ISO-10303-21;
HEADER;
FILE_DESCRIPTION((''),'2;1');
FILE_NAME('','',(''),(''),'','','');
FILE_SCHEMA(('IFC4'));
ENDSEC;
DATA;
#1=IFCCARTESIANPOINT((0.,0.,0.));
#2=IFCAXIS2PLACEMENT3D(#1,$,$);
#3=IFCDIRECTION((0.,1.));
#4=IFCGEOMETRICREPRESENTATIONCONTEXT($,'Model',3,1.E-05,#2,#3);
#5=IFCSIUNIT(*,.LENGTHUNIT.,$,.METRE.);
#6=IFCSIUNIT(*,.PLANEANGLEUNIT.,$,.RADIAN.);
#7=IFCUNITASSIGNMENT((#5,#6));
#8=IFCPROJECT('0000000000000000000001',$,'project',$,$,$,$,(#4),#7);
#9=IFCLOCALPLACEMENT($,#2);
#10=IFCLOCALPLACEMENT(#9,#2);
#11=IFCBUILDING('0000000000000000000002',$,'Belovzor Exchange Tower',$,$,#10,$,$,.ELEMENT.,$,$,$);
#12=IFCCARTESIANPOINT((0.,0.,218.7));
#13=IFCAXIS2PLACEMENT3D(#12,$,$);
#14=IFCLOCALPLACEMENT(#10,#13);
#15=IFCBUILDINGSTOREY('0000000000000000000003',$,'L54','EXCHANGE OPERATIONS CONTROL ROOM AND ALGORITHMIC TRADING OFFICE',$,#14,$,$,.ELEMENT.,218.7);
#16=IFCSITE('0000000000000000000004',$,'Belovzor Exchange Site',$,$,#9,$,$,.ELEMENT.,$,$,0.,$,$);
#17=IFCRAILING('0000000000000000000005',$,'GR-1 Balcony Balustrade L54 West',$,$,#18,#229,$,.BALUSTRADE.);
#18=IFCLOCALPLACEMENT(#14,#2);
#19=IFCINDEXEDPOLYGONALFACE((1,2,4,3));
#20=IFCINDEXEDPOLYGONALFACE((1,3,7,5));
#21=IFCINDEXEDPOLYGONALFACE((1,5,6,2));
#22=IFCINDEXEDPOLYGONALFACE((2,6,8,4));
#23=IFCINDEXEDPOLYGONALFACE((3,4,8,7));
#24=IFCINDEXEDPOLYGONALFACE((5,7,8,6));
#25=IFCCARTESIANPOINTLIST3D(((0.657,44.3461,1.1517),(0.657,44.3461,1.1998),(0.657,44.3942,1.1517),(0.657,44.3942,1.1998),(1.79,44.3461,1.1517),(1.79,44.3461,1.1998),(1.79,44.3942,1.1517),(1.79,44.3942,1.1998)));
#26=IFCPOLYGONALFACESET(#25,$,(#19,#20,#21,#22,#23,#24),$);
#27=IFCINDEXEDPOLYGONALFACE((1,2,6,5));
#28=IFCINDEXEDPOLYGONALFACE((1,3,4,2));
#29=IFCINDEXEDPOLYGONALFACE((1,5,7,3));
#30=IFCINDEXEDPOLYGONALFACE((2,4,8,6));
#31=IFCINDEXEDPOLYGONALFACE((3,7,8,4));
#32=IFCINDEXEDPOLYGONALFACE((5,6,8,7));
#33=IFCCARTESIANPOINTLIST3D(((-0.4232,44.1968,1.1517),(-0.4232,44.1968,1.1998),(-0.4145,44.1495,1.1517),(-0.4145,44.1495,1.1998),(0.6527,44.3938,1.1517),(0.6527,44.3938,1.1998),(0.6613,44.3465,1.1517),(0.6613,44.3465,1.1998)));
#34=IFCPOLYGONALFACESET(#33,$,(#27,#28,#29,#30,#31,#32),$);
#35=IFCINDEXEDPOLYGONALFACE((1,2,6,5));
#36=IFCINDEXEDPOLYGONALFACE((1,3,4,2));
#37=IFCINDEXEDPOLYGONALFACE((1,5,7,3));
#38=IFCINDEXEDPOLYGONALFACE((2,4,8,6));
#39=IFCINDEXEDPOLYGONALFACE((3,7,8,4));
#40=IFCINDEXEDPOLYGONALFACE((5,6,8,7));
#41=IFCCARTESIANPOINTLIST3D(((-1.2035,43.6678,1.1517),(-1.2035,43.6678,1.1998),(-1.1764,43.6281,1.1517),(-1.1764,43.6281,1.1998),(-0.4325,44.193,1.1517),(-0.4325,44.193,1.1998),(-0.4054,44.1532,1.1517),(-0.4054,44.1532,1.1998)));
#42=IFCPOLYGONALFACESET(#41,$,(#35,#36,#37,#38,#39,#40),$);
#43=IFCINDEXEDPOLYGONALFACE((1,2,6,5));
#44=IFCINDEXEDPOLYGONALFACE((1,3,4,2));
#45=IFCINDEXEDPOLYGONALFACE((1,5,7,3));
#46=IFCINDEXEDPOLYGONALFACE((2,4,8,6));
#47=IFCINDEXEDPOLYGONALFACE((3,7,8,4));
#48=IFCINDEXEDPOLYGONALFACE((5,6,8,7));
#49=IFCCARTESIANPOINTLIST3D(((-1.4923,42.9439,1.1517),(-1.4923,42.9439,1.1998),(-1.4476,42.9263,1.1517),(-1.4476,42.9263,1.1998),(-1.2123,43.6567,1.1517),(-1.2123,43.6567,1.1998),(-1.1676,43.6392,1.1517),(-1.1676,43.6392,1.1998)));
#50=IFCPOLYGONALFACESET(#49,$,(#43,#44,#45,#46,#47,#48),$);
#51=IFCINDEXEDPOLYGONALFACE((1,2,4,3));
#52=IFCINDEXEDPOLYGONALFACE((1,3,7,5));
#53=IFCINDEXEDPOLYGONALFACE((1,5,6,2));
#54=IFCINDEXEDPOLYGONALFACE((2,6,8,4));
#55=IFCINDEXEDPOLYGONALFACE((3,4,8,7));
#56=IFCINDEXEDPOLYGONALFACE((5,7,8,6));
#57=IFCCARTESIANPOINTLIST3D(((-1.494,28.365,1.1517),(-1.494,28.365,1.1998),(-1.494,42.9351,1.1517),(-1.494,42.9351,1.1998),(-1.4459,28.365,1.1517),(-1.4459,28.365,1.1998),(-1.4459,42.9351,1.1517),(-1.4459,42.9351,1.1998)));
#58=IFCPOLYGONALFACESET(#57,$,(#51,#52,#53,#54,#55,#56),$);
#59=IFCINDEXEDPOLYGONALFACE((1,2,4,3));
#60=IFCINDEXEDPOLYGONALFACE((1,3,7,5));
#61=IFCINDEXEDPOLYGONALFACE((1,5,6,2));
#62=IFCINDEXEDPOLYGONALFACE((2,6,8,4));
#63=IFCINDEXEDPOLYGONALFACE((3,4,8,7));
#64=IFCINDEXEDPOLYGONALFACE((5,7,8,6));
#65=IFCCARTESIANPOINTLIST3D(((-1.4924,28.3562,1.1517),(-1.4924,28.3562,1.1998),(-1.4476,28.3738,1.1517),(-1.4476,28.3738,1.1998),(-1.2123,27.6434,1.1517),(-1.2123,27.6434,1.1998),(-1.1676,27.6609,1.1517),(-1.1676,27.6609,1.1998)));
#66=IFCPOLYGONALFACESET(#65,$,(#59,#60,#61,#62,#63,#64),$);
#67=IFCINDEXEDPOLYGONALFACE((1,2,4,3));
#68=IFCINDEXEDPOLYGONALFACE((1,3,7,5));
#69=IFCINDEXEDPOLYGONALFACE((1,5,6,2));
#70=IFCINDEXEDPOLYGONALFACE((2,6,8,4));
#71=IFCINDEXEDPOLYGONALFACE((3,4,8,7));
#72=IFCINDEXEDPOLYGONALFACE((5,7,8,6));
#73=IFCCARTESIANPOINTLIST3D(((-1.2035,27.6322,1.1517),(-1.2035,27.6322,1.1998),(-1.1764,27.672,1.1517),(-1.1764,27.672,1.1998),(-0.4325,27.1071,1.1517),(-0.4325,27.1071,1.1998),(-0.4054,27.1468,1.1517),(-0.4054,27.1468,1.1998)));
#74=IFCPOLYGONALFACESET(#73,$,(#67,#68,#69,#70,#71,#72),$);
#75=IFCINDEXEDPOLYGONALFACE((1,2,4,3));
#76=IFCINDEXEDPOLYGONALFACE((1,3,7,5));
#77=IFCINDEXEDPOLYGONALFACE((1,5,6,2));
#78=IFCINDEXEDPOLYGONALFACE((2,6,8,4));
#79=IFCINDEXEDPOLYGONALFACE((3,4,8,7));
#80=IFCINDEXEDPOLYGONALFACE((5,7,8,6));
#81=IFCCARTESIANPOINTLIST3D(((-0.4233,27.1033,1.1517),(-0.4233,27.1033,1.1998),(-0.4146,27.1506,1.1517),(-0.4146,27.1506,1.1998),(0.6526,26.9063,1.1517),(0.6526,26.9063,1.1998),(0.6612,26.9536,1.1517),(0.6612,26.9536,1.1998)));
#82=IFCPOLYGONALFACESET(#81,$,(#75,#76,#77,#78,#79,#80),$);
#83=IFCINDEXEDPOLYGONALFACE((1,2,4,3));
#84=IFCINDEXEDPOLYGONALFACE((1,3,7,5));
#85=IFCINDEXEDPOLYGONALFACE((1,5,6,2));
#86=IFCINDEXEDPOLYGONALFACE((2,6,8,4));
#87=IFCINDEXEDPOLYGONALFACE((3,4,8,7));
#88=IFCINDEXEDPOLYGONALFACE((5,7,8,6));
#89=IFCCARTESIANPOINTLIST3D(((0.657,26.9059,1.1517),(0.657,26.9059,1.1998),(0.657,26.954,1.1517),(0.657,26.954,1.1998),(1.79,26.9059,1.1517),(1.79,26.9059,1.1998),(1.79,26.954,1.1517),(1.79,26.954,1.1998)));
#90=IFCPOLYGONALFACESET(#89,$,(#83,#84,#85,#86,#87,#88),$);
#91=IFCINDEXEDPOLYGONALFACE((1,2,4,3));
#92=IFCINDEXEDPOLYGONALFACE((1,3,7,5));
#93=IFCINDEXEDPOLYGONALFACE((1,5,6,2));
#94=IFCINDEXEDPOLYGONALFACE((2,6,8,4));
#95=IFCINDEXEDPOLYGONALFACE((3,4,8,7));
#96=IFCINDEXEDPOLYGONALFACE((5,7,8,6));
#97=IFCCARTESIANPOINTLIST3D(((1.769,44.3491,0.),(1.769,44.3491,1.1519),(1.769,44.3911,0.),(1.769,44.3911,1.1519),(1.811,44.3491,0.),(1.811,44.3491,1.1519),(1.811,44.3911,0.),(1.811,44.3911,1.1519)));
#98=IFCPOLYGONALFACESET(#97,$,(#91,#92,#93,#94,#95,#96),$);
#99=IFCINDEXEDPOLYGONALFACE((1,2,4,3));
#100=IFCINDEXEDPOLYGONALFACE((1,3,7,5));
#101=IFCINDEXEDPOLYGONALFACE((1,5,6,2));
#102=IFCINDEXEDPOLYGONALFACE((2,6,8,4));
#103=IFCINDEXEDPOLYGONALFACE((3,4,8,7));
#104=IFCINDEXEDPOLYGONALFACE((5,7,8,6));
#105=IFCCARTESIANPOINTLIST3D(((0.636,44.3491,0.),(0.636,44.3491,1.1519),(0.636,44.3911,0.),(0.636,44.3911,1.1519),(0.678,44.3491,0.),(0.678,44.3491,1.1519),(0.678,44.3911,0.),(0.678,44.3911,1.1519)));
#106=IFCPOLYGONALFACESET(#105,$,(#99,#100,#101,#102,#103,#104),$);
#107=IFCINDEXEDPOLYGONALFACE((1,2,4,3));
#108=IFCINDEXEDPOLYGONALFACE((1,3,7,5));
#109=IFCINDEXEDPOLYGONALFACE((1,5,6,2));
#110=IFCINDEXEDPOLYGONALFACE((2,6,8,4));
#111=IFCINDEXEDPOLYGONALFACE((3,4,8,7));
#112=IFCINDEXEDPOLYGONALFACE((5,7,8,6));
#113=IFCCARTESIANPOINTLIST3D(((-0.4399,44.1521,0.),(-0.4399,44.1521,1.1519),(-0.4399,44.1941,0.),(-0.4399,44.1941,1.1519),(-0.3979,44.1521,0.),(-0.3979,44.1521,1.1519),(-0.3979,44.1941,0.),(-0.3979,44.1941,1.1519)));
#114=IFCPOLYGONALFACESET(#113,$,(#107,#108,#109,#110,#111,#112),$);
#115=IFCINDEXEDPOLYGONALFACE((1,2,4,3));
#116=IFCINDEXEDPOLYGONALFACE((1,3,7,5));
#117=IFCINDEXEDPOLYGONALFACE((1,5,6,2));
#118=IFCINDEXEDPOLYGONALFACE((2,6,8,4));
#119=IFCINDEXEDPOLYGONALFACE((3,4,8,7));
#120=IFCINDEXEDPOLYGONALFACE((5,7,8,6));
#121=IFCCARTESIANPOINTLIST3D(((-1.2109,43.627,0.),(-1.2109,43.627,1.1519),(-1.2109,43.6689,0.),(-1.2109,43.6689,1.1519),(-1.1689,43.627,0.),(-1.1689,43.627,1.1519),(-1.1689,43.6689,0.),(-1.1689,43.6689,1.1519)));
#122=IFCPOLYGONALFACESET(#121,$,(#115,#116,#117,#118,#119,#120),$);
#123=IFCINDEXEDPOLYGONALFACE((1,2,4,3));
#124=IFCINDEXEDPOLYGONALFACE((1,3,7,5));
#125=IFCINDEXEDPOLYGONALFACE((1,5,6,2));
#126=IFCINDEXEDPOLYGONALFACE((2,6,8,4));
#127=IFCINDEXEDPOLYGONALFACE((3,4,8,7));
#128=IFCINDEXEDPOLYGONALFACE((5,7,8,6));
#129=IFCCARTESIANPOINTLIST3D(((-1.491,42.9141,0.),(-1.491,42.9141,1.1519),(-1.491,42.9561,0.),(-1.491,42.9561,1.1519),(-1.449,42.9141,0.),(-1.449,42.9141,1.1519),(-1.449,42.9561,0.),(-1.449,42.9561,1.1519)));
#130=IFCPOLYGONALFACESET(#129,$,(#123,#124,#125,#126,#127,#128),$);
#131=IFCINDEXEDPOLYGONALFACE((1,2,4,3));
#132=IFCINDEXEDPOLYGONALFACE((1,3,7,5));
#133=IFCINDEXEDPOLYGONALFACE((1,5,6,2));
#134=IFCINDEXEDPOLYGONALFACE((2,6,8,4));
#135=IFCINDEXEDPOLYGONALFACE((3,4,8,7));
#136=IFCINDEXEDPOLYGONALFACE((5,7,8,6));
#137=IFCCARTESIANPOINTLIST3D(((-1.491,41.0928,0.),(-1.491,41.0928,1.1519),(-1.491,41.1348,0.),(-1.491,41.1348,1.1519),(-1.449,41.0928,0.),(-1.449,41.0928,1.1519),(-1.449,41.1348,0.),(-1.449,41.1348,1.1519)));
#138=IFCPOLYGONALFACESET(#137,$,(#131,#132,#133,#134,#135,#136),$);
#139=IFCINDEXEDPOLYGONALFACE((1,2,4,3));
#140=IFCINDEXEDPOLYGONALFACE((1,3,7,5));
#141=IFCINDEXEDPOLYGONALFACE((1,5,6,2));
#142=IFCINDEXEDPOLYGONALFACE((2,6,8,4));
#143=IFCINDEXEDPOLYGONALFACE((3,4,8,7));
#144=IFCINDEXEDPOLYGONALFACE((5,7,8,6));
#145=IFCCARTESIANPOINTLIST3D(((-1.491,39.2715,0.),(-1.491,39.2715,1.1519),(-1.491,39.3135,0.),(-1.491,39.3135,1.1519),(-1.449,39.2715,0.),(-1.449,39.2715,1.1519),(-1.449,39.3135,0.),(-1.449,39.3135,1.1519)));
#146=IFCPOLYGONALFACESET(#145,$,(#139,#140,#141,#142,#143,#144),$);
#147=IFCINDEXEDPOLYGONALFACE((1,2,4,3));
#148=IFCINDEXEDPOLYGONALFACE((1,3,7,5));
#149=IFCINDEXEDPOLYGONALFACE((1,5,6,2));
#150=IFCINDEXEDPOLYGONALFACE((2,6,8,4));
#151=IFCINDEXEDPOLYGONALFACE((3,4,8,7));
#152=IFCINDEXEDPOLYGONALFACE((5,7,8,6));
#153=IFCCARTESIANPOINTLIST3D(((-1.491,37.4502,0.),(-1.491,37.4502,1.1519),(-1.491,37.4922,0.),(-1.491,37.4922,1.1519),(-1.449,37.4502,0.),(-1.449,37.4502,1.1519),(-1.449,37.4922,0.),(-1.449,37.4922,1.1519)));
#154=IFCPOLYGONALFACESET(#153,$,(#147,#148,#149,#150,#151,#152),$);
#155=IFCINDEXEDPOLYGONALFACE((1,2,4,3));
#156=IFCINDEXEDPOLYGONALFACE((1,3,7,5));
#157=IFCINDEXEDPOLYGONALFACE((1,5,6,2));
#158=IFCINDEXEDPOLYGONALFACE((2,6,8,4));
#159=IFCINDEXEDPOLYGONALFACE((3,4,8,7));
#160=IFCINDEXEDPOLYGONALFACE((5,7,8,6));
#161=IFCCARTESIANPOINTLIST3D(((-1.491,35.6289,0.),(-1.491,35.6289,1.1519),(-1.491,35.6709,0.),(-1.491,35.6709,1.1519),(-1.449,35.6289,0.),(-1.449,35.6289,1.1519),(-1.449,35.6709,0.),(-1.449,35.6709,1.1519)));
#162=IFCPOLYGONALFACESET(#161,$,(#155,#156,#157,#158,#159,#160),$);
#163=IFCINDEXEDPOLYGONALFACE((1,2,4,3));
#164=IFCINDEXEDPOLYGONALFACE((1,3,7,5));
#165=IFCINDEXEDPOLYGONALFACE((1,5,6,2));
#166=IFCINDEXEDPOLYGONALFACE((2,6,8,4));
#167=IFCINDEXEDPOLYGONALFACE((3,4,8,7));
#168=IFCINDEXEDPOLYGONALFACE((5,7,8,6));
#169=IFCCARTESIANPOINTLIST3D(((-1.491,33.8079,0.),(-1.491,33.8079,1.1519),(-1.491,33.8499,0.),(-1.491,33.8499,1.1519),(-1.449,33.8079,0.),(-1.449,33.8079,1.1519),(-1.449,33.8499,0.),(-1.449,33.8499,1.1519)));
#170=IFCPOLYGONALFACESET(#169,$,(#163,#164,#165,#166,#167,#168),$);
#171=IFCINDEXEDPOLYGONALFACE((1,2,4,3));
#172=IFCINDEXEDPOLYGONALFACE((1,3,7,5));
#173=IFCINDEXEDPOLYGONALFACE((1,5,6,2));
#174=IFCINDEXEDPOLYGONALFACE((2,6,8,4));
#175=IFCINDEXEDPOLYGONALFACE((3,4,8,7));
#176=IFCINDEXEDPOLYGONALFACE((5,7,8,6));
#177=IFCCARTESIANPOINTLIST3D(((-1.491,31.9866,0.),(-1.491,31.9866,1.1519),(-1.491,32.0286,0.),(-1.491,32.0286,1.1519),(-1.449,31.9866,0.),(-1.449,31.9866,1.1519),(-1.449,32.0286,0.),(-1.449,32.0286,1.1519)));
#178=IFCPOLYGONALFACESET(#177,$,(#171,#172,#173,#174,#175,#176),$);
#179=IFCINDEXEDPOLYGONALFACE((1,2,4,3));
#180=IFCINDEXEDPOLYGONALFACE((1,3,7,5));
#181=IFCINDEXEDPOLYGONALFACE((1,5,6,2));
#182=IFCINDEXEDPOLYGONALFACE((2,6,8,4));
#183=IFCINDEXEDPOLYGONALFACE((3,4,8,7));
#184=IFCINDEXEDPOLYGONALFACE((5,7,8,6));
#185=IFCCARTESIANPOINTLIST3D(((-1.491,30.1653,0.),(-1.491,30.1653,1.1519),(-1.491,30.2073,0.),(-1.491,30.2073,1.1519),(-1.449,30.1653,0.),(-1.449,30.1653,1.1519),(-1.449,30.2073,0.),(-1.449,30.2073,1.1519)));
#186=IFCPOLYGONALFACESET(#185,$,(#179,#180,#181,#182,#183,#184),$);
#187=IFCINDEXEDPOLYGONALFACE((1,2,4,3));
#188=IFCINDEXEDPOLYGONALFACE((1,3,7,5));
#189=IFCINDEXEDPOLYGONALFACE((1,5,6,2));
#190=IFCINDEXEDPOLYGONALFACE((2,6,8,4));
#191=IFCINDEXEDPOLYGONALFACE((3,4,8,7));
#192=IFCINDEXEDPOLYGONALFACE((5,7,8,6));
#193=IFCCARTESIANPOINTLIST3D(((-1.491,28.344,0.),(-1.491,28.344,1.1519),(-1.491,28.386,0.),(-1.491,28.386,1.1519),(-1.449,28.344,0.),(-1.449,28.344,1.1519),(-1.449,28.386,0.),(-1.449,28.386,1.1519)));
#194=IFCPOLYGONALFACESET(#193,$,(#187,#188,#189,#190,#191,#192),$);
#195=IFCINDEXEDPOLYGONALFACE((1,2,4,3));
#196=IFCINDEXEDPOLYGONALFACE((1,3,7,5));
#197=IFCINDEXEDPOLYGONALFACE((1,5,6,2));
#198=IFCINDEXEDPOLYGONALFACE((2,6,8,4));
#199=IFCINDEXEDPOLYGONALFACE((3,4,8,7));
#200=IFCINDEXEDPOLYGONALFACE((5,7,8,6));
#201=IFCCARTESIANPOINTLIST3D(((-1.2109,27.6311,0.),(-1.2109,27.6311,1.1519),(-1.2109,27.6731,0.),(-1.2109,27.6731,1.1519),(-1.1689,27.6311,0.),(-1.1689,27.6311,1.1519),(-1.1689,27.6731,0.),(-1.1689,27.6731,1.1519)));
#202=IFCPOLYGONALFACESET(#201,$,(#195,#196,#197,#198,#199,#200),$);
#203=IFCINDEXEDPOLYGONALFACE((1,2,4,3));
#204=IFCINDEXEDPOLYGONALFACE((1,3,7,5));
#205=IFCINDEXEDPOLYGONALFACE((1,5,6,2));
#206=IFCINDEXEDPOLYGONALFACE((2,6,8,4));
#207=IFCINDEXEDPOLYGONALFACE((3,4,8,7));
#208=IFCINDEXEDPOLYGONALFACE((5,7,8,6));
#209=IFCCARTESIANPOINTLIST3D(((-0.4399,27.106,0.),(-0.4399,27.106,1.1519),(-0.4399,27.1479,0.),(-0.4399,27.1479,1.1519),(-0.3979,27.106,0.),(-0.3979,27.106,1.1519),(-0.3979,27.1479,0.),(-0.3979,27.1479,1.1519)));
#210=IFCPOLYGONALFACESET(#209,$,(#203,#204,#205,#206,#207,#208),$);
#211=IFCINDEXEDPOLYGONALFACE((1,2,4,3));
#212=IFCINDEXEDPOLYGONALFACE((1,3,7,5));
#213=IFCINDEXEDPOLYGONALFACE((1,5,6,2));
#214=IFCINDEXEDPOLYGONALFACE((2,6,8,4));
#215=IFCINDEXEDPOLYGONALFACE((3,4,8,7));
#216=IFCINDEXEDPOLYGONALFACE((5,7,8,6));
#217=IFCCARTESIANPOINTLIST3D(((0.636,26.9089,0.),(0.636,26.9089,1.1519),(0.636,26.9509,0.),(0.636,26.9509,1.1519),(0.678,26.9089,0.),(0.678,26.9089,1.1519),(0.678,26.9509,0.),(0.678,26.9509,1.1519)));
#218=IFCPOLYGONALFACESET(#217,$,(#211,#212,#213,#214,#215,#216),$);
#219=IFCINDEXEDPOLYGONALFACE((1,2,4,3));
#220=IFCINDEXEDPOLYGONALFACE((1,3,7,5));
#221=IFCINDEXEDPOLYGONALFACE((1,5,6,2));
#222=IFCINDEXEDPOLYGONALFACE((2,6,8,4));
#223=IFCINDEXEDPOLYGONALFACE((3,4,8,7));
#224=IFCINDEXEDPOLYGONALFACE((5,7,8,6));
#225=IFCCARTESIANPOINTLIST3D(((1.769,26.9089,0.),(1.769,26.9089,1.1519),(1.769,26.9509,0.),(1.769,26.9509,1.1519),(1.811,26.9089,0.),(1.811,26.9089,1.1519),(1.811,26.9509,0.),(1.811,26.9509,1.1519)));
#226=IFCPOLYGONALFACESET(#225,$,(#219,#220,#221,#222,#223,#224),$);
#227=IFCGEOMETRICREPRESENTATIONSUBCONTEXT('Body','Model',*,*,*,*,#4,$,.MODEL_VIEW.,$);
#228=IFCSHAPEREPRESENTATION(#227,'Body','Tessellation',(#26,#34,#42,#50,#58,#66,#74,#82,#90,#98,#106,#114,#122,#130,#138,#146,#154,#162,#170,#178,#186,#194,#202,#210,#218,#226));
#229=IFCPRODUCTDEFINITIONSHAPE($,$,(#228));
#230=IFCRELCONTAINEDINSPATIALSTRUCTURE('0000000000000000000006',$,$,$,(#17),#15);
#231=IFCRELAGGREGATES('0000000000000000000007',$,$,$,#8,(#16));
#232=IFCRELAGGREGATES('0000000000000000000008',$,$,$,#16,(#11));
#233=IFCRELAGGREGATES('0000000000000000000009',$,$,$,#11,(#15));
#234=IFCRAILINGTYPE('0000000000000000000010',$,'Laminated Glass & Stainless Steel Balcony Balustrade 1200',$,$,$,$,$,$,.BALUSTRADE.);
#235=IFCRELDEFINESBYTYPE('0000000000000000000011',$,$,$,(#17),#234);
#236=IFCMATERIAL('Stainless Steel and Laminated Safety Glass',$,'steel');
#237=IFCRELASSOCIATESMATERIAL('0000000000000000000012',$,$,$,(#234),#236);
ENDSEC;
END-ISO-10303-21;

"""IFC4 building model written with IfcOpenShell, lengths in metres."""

from ifc_helpers import new_model, si_unit, direction, frame, origin, origin_2d, place, context, subcontext, project, spatial, rectangle, extrude, material, type_object, element, save


model = new_model("IFC4")

# Units and contexts
model_context = context("Model", 3, precision=1e-05, world=origin(), true_north=direction((0.0, 1.0)))
body_context = subcontext(model_context, "Body", "Model", "MODEL_VIEW")
ifc_project = project(units=[si_unit("LENGTHUNIT", "METRE"), si_unit("PLANEANGLEUNIT", "RADIAN")], contexts=[model_context])

# Site, building, storey
site_placement = place(None, origin())
site = spatial("IfcSite", under=ifc_project, at=site_placement, Name="Belovzor Exchange Site", CompositionType="ELEMENT", RefElevation=0.0)
building_placement = place(site_placement, origin())
building = spatial("IfcBuilding", under=site, at=building_placement, Name="Belovzor Exchange Tower", CompositionType="ELEMENT")
storey_placement = place(building_placement, frame((0.0, 0.0, 218.7)))
storey = spatial("IfcBuildingStorey", under=building, at=storey_placement, Name="L54", Description="EXCHANGE OPERATIONS CONTROL ROOM AND ALGORITHMIC TRADING OFFICE", CompositionType="ELEMENT", Elevation=218.7)

# Railing
ifc_material_1 = material(Name="Stainless Steel and Laminated Safety Glass", Category="steel")
railing_type = type_object("IfcRailingType", Name="Laminated Glass & Stainless Steel Balcony Balustrade 1200", PredefinedType="BALUSTRADE", material=ifc_material_1)
railing_placement = place(storey_placement, frame((1.79, 44.3701, 0.0)))
element("IfcRailing", 1, at=railing_placement, inside=storey, type_object=railing_type, Name="GR-1 Balcony Balustrade L54 West", PredefinedType="BALUSTRADE", context=body_context, shape_type="SweptSolid", body=[
    extrude(rectangle(XDim=0.0481, YDim=0.0481, at=origin_2d()), frame((0.0, 0.0, 1.1758), z_axis=(-1.0, 0.0, 0.0), x_axis=(0.0, -1.0, 0.0)), (0.0, 0.0, 1.0), 1.1331),
    extrude(rectangle(XDim=0.0481, YDim=0.0481, at=origin_2d()), frame((-1.1331, 0.0, 1.1758), z_axis=(-0.983644, -0.180123, 0.0), x_axis=(0.180123, -0.983644, 0.0)), (0.0, 0.0, 1.0), 1.0938),
    extrude(rectangle(XDim=0.0481, YDim=0.0481, at=origin_2d()), frame((-2.209, -0.197, 1.1758), z_axis=(-0.826493, -0.562947, 0.0), x_axis=(0.562947, -0.826493, 0.0)), (0.0, 0.0, 1.0), 0.9329),
    extrude(rectangle(XDim=0.0481, YDim=0.0481, at=origin_2d()), frame((-2.98, -0.7222, 1.1758), z_axis=(-0.365613, -0.930767, 0.0), x_axis=(0.930767, -0.365613, 0.0)), (0.0, 0.0, 1.0), 0.7659),
    extrude(rectangle(XDim=0.0481, YDim=0.0481, at=origin_2d()), frame((-3.26, -1.4351, 1.1758), z_axis=(0.0, -1.0, 0.0), x_axis=(1.0, 0.0, 0.0)), (0.0, 0.0, 1.0), 14.5701),
    extrude(rectangle(XDim=0.0481, YDim=0.0481, at=origin_2d()), frame((-3.26, -16.0051, 1.1758), z_axis=(0.365613, -0.930767, 0.0), x_axis=(0.930767, 0.365613, 0.0)), (0.0, 0.0, 1.0), 0.7659),
    extrude(rectangle(XDim=0.0481, YDim=0.0481, at=origin_2d()), frame((-2.98, -16.718, 1.1758), z_axis=(0.826493, -0.562947, 0.0), x_axis=(0.562947, 0.826493, 0.0)), (0.0, 0.0, 1.0), 0.9329),
    extrude(rectangle(XDim=0.0481, YDim=0.0481, at=origin_2d()), frame((-2.209, -17.2432, 1.1758), z_axis=(0.983644, -0.180123, 0.0), x_axis=(0.180123, 0.983644, 0.0)), (0.0, 0.0, 1.0), 1.0938),
    extrude(rectangle(XDim=0.0481, YDim=0.0481, at=origin_2d()), frame((-1.1331, -17.4402, 1.1758), z_axis=(1.0, 0.0, 0.0), x_axis=(0.0, 1.0, 0.0)), (0.0, 0.0, 1.0), 1.1331),
    extrude(rectangle(XDim=0.042, YDim=0.042, at=origin_2d()), origin(), (0.0, 0.0, 1.0), 1.1519),
    extrude(rectangle(XDim=0.042, YDim=0.042, at=origin_2d()), frame((-1.1331, 0.0, 0.0)), (0.0, 0.0, 1.0), 1.1519),
    extrude(rectangle(XDim=0.042, YDim=0.042, at=origin_2d()), frame((-2.209, -0.197, 0.0)), (0.0, 0.0, 1.0), 1.1519),
    extrude(rectangle(XDim=0.042, YDim=0.042, at=origin_2d()), frame((-2.98, -0.7222, 0.0)), (0.0, 0.0, 1.0), 1.1519),
    extrude(rectangle(XDim=0.042, YDim=0.042, at=origin_2d()), frame((-3.26, -1.4351, 0.0)), (0.0, 0.0, 1.0), 1.1519),
    extrude(rectangle(XDim=0.042, YDim=0.042, at=origin_2d()), frame((-3.26, -3.2563, 0.0)), (0.0, 0.0, 1.0), 1.1519),
    extrude(rectangle(XDim=0.042, YDim=0.042, at=origin_2d()), frame((-3.26, -5.0776, 0.0)), (0.0, 0.0, 1.0), 1.1519),
    extrude(rectangle(XDim=0.042, YDim=0.042, at=origin_2d()), frame((-3.26, -6.8989, 0.0)), (0.0, 0.0, 1.0), 1.1519),
    extrude(rectangle(XDim=0.042, YDim=0.042, at=origin_2d()), frame((-3.26, -8.7202, 0.0)), (0.0, 0.0, 1.0), 1.1519),
    extrude(rectangle(XDim=0.042, YDim=0.042, at=origin_2d()), frame((-3.26, -10.5413, 0.0)), (0.0, 0.0, 1.0), 1.1519),
    extrude(rectangle(XDim=0.042, YDim=0.042, at=origin_2d()), frame((-3.26, -12.3625, 0.0)), (0.0, 0.0, 1.0), 1.1519),
    extrude(rectangle(XDim=0.042, YDim=0.042, at=origin_2d()), frame((-3.26, -14.1838, 0.0)), (0.0, 0.0, 1.0), 1.1519),
    extrude(rectangle(XDim=0.042, YDim=0.042, at=origin_2d()), frame((-3.26, -16.0051, 0.0)), (0.0, 0.0, 1.0), 1.1519),
    extrude(rectangle(XDim=0.042, YDim=0.042, at=origin_2d()), frame((-2.98, -16.718, 0.0)), (0.0, 0.0, 1.0), 1.1519),
    extrude(rectangle(XDim=0.042, YDim=0.042, at=origin_2d()), frame((-2.209, -17.2432, 0.0)), (0.0, 0.0, 1.0), 1.1519),
    extrude(rectangle(XDim=0.042, YDim=0.042, at=origin_2d()), frame((-1.1331, -17.4402, 0.0)), (0.0, 0.0, 1.0), 1.1519),
    extrude(rectangle(XDim=0.042, YDim=0.042, at=origin_2d()), frame((0.0, -17.4402, 0.0)), (0.0, 0.0, 1.0), 1.1519),
])

save(model, "model.ifc")
